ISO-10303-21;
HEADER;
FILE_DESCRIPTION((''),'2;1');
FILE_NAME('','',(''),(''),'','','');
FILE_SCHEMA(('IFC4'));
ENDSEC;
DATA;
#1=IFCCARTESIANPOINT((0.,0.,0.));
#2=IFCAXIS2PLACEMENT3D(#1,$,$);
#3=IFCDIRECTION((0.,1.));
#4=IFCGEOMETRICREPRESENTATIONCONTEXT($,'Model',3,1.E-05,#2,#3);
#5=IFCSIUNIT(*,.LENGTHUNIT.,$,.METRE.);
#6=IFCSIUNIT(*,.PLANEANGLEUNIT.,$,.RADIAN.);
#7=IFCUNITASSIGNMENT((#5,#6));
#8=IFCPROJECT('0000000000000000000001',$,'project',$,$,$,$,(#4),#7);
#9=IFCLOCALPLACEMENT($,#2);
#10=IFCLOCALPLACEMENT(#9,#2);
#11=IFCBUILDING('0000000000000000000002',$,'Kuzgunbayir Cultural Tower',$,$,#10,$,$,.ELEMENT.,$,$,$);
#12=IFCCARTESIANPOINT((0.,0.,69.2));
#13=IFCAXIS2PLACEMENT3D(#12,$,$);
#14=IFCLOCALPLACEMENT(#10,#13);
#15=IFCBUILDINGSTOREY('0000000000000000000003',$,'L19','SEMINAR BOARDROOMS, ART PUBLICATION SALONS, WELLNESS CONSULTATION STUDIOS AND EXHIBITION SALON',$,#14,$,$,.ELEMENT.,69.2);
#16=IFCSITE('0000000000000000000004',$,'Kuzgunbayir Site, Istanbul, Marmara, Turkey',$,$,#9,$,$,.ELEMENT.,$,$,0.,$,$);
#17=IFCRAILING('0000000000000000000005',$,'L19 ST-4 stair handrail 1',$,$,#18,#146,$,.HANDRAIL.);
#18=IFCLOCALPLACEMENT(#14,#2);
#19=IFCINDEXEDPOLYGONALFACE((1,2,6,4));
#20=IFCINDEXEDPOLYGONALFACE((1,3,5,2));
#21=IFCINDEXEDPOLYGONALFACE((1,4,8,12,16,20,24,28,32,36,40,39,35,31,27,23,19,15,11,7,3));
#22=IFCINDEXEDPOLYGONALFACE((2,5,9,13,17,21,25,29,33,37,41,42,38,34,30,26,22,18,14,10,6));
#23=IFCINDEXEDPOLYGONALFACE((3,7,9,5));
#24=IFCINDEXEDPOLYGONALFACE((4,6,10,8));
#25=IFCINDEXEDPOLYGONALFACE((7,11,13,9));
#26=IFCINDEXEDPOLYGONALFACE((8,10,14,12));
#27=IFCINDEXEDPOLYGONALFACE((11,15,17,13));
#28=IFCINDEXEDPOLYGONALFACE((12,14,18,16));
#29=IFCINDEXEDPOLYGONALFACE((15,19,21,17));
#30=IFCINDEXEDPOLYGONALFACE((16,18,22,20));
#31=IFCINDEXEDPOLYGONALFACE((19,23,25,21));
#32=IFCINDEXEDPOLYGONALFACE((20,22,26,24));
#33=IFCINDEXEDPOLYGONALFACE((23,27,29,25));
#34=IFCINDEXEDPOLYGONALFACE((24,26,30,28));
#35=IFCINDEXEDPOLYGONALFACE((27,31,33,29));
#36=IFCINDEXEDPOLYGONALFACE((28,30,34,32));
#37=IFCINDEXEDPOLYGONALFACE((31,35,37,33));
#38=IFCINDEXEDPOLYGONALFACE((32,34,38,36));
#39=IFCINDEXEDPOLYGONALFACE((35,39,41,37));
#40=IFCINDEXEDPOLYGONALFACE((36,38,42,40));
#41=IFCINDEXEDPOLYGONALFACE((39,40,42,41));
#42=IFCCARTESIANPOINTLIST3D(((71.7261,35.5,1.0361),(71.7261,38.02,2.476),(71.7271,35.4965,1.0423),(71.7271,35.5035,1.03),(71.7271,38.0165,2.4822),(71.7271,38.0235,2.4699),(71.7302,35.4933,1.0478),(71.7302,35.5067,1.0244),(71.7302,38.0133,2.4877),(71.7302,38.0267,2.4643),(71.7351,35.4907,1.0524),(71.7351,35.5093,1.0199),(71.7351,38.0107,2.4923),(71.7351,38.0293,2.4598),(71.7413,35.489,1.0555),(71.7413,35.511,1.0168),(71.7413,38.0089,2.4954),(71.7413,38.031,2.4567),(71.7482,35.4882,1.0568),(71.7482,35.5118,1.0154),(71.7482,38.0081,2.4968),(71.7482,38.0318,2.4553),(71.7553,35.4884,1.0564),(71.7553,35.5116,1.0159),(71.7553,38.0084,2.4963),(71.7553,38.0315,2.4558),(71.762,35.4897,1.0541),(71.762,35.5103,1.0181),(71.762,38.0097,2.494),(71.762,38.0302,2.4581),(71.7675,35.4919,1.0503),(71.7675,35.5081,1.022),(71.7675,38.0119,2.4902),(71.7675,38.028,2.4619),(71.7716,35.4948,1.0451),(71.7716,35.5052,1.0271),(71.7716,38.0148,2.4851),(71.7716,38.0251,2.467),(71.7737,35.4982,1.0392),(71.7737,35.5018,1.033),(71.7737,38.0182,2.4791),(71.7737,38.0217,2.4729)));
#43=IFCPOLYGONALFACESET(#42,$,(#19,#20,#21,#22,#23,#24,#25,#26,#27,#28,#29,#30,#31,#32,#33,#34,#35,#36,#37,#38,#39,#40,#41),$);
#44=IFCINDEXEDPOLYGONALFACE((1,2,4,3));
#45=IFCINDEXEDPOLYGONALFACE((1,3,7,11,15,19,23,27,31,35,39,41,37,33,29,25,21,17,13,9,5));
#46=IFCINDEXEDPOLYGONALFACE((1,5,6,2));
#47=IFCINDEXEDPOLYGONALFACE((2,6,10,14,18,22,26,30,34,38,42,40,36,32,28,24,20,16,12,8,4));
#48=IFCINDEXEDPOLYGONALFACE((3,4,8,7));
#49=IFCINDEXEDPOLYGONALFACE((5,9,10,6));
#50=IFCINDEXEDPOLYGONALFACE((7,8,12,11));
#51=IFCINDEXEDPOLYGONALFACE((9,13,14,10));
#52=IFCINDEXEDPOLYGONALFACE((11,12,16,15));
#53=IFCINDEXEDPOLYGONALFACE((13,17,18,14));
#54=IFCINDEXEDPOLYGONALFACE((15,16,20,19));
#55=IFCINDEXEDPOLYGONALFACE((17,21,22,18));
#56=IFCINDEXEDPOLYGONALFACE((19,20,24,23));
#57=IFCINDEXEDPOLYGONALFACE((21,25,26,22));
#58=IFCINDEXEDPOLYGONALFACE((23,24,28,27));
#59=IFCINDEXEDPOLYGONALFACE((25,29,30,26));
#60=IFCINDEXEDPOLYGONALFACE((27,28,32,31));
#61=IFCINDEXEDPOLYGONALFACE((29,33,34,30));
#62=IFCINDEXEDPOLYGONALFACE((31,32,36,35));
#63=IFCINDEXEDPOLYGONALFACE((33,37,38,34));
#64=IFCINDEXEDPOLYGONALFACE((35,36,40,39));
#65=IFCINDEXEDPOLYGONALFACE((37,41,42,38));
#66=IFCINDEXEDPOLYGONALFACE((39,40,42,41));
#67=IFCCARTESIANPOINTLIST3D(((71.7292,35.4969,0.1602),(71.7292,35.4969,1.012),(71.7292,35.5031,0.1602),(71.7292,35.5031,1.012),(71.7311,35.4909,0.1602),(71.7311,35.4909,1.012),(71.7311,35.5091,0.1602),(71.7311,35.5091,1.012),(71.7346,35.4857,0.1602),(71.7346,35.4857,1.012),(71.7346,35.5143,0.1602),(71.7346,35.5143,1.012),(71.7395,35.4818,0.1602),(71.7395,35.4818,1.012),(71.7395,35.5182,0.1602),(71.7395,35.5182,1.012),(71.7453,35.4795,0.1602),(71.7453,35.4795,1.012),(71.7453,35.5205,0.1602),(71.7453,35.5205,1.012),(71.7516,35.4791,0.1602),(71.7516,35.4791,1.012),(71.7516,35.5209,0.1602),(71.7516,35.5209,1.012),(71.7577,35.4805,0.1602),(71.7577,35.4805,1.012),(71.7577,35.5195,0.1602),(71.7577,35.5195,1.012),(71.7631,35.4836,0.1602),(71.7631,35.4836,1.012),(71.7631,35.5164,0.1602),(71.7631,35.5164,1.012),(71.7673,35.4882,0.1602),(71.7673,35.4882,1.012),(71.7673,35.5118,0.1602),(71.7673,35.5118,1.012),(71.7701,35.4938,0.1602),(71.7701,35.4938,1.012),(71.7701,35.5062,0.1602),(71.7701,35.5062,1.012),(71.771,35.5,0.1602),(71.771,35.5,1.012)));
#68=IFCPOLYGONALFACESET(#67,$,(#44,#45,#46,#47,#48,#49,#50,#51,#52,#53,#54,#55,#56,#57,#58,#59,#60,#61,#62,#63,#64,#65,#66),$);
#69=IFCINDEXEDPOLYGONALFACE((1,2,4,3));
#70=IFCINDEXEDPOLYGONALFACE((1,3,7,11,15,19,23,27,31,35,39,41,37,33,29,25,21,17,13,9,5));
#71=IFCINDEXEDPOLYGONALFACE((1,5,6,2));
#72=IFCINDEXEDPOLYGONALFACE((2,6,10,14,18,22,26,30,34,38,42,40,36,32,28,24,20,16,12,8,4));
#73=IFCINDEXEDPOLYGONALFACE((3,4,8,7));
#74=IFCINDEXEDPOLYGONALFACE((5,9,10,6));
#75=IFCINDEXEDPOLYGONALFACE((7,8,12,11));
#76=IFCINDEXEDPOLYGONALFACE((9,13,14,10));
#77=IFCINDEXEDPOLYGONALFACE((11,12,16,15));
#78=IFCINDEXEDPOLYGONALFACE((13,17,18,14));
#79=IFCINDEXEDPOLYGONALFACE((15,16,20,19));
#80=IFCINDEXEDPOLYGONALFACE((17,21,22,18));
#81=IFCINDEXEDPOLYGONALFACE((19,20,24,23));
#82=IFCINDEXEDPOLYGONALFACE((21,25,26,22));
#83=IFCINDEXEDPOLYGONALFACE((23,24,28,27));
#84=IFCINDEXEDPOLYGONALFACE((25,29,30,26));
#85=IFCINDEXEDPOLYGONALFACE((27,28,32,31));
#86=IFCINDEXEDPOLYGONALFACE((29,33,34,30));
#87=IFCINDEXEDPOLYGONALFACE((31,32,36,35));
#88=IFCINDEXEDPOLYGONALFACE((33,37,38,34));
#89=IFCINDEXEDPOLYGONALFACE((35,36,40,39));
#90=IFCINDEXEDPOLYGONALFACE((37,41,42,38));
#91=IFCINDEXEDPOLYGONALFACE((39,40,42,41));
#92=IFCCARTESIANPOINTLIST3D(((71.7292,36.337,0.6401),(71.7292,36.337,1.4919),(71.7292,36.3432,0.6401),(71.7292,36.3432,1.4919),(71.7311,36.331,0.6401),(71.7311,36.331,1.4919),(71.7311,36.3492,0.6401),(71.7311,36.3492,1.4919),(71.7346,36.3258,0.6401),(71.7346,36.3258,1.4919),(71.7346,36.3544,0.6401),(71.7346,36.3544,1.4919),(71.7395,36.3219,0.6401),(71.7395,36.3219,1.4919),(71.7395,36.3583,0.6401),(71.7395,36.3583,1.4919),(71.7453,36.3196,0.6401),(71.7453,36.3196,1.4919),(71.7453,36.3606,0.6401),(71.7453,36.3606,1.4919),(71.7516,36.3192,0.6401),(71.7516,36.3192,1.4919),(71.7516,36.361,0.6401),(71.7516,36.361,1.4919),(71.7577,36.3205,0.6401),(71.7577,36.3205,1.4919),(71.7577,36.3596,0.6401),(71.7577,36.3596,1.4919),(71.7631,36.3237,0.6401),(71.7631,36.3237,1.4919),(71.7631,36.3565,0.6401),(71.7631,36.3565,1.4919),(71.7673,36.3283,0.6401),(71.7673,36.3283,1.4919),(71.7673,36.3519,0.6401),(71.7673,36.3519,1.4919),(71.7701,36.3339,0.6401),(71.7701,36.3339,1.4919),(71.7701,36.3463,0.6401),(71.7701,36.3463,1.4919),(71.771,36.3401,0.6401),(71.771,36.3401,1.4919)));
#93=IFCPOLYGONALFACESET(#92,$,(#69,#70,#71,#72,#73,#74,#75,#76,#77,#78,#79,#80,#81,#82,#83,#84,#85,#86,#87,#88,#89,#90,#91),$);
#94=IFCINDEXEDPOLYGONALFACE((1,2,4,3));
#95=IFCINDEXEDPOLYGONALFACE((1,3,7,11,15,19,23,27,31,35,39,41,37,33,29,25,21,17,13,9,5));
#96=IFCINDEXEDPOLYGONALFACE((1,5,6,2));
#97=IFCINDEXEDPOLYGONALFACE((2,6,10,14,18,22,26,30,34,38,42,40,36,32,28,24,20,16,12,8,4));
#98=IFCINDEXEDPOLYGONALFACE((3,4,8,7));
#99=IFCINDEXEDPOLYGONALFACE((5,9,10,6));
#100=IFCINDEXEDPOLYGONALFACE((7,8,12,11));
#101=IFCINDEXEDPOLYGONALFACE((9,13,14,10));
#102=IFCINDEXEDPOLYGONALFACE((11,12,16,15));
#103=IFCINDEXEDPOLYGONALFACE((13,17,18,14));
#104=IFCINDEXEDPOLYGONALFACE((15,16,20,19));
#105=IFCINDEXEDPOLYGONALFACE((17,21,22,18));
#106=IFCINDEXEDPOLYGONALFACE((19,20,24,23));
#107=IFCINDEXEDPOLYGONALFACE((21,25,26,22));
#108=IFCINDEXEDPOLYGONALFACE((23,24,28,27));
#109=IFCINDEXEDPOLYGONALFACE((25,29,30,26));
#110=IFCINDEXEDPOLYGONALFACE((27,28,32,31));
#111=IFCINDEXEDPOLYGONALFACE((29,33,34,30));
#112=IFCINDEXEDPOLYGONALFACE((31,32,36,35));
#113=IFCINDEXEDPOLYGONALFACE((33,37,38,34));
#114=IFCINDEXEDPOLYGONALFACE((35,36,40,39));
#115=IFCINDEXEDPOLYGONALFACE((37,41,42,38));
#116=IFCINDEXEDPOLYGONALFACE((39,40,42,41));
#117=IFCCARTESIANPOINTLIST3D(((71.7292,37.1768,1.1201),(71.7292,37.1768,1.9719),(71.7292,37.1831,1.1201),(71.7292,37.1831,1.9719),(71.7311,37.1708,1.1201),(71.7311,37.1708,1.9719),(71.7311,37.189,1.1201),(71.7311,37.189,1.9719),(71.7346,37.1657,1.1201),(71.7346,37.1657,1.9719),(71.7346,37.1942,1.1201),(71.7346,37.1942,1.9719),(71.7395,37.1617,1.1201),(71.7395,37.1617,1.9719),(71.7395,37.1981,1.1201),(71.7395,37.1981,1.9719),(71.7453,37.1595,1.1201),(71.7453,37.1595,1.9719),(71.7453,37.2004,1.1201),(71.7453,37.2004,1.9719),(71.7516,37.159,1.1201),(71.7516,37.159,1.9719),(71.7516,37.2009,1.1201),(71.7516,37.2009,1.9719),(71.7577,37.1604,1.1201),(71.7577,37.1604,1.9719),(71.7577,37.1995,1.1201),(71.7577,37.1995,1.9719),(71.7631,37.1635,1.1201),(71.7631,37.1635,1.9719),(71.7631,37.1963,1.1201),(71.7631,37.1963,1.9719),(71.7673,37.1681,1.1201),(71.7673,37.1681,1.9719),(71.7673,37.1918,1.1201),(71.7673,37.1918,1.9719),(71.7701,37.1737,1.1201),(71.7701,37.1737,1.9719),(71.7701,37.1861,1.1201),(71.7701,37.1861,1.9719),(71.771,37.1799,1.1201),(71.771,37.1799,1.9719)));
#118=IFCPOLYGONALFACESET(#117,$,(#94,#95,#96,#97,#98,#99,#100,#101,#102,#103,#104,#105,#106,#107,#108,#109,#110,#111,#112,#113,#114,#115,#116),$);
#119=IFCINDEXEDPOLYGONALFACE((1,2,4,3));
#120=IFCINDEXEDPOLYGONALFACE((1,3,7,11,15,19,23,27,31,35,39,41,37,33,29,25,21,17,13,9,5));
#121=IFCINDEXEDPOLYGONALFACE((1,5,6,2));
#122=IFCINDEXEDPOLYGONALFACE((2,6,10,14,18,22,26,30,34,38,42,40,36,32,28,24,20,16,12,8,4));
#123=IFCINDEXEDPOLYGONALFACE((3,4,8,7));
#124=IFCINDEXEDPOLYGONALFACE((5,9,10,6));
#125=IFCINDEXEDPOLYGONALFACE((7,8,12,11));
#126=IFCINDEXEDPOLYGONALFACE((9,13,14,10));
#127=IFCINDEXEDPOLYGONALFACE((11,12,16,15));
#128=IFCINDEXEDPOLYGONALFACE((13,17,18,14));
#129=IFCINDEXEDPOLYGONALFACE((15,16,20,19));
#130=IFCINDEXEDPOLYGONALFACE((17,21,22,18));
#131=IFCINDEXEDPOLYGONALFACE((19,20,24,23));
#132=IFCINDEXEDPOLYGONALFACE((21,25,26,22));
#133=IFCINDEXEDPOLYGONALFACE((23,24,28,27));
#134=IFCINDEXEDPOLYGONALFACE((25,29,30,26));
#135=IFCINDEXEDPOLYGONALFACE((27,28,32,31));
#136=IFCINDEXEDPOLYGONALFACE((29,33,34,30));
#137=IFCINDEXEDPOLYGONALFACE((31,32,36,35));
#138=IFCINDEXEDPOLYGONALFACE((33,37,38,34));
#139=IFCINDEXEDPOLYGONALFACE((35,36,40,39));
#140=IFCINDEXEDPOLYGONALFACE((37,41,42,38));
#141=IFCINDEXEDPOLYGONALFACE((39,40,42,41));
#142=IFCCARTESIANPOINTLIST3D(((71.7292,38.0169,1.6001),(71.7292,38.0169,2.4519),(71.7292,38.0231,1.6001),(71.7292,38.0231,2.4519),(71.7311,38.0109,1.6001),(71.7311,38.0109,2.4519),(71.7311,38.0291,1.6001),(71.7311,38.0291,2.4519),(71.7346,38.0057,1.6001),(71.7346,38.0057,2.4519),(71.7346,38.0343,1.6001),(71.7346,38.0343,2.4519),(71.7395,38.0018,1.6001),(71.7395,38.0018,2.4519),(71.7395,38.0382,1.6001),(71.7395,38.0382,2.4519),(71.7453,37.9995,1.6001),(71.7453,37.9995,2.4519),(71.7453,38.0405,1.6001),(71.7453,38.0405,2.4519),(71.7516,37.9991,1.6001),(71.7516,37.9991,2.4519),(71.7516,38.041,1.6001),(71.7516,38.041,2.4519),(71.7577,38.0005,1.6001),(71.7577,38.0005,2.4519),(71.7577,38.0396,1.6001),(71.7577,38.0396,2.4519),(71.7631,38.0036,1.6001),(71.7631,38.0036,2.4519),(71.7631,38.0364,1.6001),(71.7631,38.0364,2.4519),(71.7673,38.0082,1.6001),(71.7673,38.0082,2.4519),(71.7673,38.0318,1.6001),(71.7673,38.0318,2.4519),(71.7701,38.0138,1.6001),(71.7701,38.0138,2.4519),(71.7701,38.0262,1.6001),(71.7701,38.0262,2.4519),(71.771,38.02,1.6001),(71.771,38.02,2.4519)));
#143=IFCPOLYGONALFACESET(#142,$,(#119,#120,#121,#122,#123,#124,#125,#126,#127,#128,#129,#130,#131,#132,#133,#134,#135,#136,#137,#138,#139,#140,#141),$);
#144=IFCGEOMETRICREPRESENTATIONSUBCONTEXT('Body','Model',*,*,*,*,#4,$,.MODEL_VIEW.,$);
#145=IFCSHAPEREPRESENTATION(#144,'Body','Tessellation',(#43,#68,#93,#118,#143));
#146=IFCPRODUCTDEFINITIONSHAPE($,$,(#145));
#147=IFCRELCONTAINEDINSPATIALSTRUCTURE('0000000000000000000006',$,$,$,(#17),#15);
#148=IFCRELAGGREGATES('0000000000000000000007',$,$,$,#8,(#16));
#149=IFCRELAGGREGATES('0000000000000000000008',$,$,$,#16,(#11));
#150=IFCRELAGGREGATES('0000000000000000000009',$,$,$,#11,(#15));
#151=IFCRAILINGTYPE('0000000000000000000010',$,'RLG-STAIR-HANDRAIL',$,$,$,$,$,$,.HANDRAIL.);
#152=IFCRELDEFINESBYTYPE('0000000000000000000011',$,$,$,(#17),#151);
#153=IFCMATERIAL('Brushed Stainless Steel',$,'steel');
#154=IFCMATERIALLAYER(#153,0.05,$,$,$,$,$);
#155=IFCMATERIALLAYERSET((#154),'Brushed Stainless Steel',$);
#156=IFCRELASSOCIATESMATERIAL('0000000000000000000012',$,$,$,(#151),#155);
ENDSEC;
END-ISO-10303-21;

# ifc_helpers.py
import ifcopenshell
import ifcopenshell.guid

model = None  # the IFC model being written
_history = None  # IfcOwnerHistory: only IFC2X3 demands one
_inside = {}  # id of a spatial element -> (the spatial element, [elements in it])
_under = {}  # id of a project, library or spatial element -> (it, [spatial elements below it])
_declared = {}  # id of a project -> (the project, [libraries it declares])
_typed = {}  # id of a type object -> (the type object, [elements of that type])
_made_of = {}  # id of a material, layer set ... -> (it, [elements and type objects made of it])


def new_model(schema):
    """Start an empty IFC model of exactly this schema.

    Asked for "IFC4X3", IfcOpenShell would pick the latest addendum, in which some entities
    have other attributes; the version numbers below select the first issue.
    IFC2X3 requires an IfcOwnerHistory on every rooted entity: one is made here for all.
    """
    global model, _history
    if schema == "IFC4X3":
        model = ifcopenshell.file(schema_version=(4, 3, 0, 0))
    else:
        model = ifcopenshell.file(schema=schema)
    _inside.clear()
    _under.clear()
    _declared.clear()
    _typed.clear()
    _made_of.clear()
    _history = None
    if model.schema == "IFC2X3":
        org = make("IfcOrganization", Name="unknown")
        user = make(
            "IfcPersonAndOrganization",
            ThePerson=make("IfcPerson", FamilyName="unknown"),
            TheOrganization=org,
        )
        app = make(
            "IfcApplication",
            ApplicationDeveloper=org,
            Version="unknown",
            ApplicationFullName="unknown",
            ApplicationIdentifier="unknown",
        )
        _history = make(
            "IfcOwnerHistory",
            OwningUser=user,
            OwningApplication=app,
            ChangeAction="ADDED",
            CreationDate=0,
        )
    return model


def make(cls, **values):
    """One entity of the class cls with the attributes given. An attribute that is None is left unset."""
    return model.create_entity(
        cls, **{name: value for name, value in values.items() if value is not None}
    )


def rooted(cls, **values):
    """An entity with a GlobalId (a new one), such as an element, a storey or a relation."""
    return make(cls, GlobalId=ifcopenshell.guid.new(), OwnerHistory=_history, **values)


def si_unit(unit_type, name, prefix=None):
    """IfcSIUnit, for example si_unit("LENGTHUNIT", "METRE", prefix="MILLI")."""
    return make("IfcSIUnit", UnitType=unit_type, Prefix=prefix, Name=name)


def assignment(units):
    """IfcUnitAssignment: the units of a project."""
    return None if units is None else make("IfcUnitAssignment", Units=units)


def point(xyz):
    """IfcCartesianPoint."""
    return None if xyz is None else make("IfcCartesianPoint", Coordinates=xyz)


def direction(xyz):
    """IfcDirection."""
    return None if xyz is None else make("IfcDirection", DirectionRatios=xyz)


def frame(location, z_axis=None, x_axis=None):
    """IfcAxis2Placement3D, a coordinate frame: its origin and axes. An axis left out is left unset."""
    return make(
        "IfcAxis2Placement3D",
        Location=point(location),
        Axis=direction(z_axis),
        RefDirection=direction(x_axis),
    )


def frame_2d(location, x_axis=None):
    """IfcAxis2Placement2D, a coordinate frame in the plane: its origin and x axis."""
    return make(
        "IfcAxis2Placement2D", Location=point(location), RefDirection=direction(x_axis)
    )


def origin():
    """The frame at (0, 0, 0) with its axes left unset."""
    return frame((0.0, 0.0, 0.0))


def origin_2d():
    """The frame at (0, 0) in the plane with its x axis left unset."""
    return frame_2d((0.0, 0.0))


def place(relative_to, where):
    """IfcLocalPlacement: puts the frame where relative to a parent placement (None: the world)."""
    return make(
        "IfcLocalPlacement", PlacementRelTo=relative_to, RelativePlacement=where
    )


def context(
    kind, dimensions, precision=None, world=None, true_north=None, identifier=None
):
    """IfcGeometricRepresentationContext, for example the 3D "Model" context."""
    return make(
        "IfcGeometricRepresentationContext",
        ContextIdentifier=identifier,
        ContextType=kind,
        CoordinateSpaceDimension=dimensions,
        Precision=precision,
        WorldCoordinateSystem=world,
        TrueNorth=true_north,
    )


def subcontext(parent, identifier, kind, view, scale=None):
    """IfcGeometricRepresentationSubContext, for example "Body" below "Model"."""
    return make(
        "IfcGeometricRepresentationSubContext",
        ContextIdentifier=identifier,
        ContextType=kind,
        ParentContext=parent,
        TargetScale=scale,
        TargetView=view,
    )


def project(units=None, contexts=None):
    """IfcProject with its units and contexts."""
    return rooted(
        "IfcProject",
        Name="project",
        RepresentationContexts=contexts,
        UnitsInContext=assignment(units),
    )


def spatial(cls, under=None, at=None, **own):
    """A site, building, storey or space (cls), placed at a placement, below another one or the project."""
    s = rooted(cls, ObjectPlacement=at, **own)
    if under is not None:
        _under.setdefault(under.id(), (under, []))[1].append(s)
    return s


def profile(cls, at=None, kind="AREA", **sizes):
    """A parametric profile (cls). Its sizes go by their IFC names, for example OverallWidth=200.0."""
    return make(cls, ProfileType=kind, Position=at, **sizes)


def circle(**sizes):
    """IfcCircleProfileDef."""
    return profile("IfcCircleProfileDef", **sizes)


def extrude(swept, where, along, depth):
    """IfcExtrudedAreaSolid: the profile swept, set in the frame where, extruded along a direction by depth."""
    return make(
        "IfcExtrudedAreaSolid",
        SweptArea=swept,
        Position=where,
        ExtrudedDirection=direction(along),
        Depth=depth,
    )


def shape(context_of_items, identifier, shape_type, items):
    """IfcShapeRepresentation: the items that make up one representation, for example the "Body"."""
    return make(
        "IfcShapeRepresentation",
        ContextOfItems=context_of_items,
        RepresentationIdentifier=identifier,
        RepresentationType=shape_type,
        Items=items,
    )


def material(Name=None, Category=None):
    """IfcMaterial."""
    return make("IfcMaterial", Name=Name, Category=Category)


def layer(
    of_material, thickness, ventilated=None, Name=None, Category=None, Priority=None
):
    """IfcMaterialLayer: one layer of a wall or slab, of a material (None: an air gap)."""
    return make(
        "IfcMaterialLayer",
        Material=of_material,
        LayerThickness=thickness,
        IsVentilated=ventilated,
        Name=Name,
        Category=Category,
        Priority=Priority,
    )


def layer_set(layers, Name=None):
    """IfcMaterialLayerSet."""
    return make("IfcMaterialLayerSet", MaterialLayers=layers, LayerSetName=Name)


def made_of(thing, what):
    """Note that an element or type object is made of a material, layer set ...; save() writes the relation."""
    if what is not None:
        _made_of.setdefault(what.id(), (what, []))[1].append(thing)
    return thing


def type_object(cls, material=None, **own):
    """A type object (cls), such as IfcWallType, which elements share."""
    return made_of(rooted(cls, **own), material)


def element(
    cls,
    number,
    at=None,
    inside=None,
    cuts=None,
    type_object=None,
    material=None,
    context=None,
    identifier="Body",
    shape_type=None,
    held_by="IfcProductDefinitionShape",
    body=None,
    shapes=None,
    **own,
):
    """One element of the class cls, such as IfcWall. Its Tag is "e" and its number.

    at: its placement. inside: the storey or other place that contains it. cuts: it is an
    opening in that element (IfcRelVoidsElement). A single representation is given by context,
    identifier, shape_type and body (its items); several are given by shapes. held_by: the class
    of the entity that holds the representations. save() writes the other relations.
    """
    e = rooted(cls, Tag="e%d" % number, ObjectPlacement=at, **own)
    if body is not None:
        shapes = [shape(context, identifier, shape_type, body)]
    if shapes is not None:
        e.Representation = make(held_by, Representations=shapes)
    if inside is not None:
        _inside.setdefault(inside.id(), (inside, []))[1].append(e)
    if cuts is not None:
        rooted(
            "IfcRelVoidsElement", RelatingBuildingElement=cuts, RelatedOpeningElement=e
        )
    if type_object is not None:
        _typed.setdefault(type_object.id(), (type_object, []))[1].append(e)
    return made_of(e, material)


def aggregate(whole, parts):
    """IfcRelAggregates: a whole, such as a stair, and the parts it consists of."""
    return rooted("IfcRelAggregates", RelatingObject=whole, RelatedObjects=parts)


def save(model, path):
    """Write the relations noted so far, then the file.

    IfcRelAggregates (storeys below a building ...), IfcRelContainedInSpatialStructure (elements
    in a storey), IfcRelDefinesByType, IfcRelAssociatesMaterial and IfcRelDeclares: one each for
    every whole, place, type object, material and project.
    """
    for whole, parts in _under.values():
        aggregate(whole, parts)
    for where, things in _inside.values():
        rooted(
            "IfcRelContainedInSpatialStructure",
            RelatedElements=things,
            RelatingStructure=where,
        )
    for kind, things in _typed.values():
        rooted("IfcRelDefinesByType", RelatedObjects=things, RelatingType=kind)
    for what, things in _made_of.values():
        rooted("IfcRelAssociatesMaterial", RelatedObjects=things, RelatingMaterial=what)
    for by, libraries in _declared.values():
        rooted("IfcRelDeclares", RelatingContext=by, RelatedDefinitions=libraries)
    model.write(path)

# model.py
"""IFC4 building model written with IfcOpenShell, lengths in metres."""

from ifc_helpers import new_model, si_unit, direction, frame, origin, origin_2d, place, context, subcontext, project, spatial, circle, extrude, material, layer, layer_set, type_object, element, save


model = new_model("IFC4")

# Units and contexts
model_context = context("Model", 3, precision=1e-05, world=origin(), true_north=direction((0.0, 1.0)))
body_context = subcontext(model_context, "Body", "Model", "MODEL_VIEW")
ifc_project = project(units=[si_unit("LENGTHUNIT", "METRE"), si_unit("PLANEANGLEUNIT", "RADIAN")], contexts=[model_context])

# Site, building, storey
site_placement = place(None, origin())
site = spatial("IfcSite", under=ifc_project, at=site_placement, Name="Kuzgunbayir Site, Istanbul, Marmara, Turkey", CompositionType="ELEMENT", RefElevation=0.0)
building_placement = place(site_placement, origin())
building = spatial("IfcBuilding", under=site, at=building_placement, Name="Kuzgunbayir Cultural Tower", CompositionType="ELEMENT")
storey_placement = place(building_placement, frame((0.0, 0.0, 69.2)))
storey = spatial("IfcBuildingStorey", under=building, at=storey_placement, Name="L19", Description="SEMINAR BOARDROOMS, ART PUBLICATION SALONS, WELLNESS CONSULTATION STUDIOS AND EXHIBITION SALON", CompositionType="ELEMENT", Elevation=69.2)

# Shared definitions
ifc_material_1 = material(Name="Brushed Stainless Steel", Category="steel")

# Railing
ifc_layer_1 = layer(ifc_material_1, 0.05)
ifc_layer_set_1 = layer_set([ifc_layer_1], Name="Brushed Stainless Steel")
railing_type_1 = type_object("IfcRailingType", Name="RLG-STAIR-HANDRAIL", PredefinedType="HANDRAIL", material=ifc_layer_set_1)
railing_1_placement = place(storey_placement, frame((71.75, 35.5, 0.1602)))
element("IfcRailing", 1, at=railing_1_placement, inside=storey, type_object=railing_type_1, Name="L19 ST-4 stair handrail 1", PredefinedType="HANDRAIL", context=body_context, shape_type="SweptSolid", body=[
    extrude(circle(Radius=0.0239, at=origin_2d()), frame((0.0, 0.0, 0.876), z_axis=(0.0, 0.868253, 0.496121), x_axis=(-1.0, 0.0, 0.0)), (0.0, 0.0, 1.0), 2.9023),
    extrude(circle(Radius=0.021, at=origin_2d()), origin(), (0.0, 0.0, 1.0), 0.8518),
    extrude(circle(Radius=0.021, at=origin_2d()), frame((0.0, 0.8401, 0.48)), (0.0, 0.0, 1.0), 0.8518),
    extrude(circle(Radius=0.021, at=origin_2d()), frame((0.0, 1.6799, 0.96)), (0.0, 0.0, 1.0), 0.8518),
    extrude(circle(Radius=0.021, at=origin_2d()), frame((0.0, 2.52, 1.4399)), (0.0, 0.0, 1.0), 0.8518),
])

save(model, "model.ifc")
